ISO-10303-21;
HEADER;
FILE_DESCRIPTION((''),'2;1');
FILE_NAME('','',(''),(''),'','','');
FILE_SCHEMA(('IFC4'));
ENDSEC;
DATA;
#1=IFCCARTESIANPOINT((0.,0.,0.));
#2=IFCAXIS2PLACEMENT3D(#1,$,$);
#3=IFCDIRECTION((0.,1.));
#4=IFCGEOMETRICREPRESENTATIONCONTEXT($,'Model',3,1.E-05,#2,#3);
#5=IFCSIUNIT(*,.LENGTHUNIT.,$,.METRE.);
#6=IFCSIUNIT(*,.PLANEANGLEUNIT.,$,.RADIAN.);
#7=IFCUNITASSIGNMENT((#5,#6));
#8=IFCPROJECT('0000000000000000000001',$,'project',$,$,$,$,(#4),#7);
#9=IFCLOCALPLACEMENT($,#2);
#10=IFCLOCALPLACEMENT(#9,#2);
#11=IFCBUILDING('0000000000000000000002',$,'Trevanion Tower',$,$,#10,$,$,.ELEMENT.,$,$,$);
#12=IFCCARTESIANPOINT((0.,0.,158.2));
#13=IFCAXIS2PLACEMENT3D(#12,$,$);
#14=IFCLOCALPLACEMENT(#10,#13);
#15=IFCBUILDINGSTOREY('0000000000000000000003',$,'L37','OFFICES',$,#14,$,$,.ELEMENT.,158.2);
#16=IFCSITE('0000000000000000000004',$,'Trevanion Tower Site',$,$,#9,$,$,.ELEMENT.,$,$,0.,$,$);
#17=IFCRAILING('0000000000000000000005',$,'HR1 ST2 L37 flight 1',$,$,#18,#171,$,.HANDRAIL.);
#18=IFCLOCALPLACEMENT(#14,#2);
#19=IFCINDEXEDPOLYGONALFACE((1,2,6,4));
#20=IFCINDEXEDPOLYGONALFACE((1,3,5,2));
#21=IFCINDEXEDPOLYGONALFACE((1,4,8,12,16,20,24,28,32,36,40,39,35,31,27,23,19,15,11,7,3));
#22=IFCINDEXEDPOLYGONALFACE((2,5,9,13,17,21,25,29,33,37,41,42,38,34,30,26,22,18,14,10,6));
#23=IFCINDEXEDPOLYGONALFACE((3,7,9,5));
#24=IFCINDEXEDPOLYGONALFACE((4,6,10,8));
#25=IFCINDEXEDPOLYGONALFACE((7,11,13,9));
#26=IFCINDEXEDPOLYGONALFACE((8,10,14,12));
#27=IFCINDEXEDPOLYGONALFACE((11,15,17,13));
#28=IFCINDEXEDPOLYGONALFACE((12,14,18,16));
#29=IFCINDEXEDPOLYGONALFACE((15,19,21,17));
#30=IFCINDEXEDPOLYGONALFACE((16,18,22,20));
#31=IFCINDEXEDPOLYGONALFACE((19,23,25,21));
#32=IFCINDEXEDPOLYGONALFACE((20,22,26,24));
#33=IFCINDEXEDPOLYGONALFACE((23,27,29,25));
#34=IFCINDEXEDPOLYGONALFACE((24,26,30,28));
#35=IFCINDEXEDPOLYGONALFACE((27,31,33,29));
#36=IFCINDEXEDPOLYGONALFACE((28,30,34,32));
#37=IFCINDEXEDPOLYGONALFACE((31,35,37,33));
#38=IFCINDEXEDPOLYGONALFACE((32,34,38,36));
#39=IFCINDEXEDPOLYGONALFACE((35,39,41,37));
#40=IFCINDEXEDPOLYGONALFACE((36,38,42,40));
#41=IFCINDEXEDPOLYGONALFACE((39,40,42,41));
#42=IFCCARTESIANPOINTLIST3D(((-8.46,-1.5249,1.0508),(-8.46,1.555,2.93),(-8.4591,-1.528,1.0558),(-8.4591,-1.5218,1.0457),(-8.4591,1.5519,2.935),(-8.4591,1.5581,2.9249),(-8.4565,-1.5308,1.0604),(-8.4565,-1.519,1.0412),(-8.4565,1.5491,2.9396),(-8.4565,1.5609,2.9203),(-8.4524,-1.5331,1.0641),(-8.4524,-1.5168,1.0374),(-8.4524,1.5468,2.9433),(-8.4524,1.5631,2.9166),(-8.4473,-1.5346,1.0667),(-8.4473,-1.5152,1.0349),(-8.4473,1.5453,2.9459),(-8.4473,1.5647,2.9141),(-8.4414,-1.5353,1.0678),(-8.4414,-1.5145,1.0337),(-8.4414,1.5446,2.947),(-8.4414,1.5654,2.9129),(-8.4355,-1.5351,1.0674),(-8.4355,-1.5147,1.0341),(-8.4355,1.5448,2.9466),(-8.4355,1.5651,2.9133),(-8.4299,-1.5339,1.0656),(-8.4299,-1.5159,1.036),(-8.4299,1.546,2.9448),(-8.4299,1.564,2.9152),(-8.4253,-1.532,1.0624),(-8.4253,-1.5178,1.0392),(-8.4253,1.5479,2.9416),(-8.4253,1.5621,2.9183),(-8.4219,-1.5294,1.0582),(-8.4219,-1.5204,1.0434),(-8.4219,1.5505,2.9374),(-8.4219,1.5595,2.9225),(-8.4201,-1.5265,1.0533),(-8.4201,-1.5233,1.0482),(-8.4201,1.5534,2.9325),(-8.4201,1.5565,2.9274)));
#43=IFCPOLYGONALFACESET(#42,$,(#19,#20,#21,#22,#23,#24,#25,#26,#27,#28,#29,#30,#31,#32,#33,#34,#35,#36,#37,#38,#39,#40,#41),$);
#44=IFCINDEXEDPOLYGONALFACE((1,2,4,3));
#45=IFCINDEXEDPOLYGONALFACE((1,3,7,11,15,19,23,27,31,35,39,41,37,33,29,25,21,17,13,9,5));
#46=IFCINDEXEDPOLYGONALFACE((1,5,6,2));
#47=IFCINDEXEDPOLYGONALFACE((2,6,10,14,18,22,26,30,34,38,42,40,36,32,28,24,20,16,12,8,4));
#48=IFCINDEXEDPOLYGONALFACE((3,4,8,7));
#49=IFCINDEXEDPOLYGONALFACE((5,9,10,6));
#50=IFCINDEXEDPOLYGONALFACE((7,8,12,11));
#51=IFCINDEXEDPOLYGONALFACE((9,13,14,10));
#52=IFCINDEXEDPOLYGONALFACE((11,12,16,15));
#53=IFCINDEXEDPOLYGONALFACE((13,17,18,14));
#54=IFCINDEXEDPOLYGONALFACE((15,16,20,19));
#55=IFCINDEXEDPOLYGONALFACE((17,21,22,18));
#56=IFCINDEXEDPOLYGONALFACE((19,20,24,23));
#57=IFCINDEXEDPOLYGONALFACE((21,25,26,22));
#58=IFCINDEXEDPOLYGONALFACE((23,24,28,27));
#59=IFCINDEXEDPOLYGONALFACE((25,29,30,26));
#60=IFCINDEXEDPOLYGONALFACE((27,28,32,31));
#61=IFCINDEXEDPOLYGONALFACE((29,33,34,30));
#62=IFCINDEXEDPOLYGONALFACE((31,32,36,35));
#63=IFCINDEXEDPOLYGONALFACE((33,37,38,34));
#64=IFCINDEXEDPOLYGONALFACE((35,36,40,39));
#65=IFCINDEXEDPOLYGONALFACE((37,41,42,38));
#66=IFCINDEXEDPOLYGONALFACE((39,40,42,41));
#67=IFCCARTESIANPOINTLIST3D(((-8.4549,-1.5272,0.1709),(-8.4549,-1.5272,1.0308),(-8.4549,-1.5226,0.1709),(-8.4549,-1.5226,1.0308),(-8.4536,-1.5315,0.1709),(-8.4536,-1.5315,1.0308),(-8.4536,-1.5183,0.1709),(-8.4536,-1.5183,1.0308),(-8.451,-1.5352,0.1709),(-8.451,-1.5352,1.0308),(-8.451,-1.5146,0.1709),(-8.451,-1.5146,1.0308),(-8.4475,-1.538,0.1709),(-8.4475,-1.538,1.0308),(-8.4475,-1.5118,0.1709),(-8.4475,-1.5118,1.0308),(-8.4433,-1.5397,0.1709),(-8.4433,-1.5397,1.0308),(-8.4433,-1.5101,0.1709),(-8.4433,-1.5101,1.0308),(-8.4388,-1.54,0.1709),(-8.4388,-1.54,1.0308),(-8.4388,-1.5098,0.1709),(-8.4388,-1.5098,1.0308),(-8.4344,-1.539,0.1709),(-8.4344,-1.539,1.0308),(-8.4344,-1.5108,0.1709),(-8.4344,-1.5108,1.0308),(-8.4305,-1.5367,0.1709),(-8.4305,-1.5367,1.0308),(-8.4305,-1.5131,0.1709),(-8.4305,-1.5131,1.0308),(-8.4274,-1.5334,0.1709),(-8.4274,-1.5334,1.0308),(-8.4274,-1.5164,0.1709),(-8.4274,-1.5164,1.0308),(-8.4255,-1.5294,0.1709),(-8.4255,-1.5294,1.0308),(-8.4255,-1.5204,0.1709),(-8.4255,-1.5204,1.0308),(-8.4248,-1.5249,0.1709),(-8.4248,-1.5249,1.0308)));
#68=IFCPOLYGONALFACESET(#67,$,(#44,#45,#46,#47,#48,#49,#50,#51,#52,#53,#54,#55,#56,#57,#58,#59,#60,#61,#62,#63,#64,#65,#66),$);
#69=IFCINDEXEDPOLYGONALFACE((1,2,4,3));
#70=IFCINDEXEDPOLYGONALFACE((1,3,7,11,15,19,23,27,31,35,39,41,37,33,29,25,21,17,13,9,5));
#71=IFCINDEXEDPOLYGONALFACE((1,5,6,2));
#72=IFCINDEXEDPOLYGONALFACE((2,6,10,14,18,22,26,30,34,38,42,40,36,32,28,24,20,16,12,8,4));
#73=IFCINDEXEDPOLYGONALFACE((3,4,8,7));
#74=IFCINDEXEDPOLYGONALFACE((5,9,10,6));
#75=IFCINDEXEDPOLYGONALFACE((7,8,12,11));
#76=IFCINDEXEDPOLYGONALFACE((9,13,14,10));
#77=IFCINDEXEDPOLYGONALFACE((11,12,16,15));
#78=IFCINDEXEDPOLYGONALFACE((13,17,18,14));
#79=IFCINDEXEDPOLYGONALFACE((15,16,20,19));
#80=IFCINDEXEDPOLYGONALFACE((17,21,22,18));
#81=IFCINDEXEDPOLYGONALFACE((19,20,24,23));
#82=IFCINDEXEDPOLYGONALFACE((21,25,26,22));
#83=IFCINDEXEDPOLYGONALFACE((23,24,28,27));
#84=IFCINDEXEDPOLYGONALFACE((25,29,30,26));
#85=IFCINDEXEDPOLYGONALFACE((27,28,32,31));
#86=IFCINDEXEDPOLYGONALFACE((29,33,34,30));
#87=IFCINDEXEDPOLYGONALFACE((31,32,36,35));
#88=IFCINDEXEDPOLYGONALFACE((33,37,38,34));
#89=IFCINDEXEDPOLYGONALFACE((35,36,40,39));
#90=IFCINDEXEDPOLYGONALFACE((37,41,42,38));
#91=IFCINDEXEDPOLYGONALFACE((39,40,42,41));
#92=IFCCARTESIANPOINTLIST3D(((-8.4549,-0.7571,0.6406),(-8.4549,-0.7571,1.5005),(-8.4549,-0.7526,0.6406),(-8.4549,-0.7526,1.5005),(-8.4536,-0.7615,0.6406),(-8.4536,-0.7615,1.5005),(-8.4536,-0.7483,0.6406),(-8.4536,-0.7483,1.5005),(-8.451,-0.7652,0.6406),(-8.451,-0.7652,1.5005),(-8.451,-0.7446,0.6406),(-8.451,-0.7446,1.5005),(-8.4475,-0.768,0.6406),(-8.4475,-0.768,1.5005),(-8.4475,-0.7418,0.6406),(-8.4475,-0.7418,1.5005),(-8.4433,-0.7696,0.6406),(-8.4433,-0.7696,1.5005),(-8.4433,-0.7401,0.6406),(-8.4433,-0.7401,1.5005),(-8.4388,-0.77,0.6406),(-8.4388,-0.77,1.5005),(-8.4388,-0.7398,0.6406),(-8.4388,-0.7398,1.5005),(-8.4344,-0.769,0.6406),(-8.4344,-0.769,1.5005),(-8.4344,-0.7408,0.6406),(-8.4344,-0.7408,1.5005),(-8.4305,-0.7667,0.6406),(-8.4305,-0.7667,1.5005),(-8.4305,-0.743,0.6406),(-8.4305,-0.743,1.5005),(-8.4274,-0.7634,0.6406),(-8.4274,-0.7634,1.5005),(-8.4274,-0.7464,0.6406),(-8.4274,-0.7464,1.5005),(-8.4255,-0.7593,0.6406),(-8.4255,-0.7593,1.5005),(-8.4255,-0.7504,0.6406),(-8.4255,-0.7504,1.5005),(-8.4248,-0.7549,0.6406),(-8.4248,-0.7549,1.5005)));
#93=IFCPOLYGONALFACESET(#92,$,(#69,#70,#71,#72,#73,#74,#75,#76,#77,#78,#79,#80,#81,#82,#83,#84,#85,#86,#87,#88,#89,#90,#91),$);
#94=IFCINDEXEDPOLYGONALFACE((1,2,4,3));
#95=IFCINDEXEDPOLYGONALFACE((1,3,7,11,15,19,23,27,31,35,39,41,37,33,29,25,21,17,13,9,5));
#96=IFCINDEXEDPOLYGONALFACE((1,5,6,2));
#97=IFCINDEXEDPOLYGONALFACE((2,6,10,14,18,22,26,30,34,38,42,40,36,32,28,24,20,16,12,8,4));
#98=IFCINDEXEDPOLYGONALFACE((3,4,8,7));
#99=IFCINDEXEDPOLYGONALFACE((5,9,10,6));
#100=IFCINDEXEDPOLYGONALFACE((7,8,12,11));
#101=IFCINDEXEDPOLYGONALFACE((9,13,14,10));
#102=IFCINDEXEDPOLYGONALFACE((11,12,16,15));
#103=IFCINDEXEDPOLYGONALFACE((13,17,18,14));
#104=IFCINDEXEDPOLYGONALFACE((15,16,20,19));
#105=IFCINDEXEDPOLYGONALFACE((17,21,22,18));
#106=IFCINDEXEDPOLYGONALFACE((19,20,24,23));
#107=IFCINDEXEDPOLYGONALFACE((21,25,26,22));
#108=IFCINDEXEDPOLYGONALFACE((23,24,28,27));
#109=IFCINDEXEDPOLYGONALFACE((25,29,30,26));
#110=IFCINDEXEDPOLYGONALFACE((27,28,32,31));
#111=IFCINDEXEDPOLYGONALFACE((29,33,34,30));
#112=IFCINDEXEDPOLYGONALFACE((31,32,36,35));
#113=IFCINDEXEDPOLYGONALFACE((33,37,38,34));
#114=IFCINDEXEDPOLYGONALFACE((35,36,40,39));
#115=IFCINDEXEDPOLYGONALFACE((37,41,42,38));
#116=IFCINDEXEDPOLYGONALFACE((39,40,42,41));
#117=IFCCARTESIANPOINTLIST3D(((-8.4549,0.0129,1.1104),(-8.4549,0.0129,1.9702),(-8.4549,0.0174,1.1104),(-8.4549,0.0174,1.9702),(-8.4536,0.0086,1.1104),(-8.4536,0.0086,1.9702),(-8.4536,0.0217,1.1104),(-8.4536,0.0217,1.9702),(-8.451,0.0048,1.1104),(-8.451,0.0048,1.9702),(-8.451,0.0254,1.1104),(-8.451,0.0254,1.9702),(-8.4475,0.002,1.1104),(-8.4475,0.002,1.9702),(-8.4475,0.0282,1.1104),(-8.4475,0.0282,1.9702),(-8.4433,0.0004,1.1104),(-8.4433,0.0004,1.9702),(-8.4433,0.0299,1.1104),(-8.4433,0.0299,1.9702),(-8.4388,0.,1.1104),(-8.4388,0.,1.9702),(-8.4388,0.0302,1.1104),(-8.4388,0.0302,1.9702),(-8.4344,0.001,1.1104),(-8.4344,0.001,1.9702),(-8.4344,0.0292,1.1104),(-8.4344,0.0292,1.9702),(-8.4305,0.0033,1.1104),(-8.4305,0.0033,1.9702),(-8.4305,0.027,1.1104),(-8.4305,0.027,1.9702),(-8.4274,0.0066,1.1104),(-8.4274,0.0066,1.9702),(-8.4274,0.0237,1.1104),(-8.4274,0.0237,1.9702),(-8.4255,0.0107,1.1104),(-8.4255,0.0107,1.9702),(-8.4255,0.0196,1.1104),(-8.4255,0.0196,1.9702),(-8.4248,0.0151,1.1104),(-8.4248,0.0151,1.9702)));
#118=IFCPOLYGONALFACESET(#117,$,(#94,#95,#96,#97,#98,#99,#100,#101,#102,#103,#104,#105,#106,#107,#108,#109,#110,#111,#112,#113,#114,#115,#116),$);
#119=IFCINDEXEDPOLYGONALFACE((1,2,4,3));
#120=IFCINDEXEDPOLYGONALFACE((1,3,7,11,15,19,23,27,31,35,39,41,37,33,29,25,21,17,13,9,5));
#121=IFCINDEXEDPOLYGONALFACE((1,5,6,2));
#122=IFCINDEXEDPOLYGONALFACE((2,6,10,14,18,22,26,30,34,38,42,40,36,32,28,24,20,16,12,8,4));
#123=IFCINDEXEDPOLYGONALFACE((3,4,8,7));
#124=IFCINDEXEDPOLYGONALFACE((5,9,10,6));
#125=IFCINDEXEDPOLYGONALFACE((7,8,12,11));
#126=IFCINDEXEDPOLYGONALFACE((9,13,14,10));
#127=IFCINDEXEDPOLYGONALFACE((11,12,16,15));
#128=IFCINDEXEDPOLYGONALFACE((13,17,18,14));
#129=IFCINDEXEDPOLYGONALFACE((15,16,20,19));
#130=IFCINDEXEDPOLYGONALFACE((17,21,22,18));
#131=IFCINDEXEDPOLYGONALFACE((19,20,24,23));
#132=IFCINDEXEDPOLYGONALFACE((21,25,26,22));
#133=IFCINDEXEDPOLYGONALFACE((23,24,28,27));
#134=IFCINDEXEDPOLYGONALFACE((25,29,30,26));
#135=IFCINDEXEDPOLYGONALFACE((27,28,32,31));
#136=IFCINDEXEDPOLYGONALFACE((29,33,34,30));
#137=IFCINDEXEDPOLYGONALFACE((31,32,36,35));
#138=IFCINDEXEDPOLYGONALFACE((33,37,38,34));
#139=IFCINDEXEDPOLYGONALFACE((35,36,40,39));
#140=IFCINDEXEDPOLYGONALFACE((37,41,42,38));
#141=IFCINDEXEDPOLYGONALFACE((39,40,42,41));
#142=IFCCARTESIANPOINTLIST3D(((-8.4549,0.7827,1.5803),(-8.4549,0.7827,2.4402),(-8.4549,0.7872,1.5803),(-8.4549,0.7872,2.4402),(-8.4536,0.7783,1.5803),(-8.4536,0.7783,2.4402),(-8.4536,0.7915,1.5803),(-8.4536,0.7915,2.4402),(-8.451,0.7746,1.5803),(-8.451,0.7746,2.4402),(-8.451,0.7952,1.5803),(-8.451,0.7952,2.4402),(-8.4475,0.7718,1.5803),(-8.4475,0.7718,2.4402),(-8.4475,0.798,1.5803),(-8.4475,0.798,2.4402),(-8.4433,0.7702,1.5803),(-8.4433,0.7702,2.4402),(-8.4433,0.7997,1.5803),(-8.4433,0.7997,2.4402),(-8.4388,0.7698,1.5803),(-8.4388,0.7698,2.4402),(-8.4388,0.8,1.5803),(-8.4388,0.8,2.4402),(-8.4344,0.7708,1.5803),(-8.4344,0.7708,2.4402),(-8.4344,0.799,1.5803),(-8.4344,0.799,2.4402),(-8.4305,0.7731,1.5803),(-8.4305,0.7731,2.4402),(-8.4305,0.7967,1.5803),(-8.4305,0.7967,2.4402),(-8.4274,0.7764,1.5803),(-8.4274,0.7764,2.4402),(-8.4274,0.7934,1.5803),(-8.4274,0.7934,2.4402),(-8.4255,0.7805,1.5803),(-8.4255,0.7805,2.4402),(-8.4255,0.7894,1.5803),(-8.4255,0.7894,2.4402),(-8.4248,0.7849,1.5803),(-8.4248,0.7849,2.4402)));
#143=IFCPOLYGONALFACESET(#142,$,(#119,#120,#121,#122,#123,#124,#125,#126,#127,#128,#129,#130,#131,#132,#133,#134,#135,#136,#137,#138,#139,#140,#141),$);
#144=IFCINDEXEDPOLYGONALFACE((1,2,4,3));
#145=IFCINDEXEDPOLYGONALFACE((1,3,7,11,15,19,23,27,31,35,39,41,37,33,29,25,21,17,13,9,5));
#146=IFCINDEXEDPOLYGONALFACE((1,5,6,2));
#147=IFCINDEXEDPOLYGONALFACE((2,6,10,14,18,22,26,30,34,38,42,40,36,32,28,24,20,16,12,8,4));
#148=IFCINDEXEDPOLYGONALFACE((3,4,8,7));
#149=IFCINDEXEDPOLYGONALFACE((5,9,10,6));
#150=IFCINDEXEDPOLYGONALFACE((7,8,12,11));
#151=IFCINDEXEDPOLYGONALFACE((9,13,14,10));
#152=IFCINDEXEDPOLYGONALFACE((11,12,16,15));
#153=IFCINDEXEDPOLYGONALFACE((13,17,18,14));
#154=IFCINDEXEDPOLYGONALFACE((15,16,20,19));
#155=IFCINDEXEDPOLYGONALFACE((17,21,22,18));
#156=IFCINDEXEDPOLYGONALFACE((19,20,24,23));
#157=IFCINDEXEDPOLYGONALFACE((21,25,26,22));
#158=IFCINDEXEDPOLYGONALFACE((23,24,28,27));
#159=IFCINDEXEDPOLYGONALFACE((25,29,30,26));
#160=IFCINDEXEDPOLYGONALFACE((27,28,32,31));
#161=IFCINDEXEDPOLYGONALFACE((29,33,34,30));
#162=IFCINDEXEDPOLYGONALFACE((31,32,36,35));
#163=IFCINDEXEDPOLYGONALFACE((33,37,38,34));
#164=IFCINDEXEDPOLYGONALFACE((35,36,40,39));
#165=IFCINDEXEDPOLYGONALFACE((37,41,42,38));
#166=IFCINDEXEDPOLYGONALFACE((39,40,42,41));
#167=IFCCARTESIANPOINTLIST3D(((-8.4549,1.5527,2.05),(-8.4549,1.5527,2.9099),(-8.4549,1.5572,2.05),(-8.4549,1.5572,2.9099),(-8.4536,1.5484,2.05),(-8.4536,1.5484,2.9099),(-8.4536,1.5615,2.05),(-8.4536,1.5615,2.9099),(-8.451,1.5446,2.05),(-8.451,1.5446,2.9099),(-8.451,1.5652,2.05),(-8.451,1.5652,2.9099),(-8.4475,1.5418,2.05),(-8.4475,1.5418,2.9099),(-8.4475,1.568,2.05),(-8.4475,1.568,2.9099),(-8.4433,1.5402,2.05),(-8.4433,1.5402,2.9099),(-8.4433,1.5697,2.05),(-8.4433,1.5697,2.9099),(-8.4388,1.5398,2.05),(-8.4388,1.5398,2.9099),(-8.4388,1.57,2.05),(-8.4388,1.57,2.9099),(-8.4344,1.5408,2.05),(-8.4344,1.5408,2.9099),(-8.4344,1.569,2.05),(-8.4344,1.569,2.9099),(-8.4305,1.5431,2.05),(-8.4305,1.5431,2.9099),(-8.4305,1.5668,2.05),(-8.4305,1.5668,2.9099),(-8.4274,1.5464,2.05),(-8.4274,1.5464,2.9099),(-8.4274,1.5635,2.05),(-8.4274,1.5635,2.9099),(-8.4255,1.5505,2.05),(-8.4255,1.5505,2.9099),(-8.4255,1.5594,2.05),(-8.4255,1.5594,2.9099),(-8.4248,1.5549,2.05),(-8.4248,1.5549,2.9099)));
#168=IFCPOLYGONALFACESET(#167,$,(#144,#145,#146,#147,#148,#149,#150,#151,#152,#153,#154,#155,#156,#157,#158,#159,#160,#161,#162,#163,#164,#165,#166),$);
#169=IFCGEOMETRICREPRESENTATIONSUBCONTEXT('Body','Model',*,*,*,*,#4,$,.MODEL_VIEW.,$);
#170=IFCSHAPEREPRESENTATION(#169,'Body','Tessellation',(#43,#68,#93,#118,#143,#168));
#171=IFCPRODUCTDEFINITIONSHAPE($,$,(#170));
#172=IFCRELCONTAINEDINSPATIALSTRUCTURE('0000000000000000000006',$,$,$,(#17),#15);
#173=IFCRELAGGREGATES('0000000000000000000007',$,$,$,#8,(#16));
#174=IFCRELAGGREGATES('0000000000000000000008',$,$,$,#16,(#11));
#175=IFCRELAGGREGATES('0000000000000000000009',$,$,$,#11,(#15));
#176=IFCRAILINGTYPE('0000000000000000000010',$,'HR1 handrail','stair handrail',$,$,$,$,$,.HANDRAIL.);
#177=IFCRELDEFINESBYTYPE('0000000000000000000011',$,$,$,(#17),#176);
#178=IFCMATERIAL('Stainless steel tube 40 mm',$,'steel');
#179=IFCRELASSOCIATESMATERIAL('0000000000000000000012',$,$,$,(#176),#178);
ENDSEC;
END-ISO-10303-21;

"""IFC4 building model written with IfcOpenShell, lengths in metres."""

from ifc_helpers import new_model, si_unit, direction, frame, origin, origin_2d, place, context, subcontext, project, spatial, circle, extrude, material, type_object, element, save


model = new_model("IFC4")

# Units and contexts
model_context = context("Model", 3, precision=1e-05, world=origin(), true_north=direction((0.0, 1.0)))
body_context = subcontext(model_context, "Body", "Model", "MODEL_VIEW")
ifc_project = project(units=[si_unit("LENGTHUNIT", "METRE"), si_unit("PLANEANGLEUNIT", "RADIAN")], contexts=[model_context])

# Site, building, storey
site_placement = place(None, origin())
site = spatial("IfcSite", under=ifc_project, at=site_placement, Name="Trevanion Tower Site", CompositionType="ELEMENT", RefElevation=0.0)
building_placement = place(site_placement, origin())
building = spatial("IfcBuilding", under=site, at=building_placement, Name="Trevanion Tower", CompositionType="ELEMENT")
storey_placement = place(building_placement, frame((0.0, 0.0, 158.2)))
storey = spatial("IfcBuildingStorey", under=building, at=storey_placement, Name="L37", Description="OFFICES", CompositionType="ELEMENT", Elevation=158.2)

# Railing
ifc_material_1 = material(Name="Stainless steel tube 40 mm", Category="steel")
railing_type = type_object("IfcRailingType", Name="HR1 handrail", Description="stair handrail", PredefinedType="HANDRAIL", material=ifc_material_1)
for number, where, name in (
    (1, (-8.4399, -1.5249, 0.1709), "HR1 ST2 L37 flight 1"),
):
    element("IfcRailing", number, at=place(storey_placement, frame(where)), inside=storey, type_object=railing_type, Name=name, PredefinedType="HANDRAIL", context=body_context, shape_type="SweptSolid", body=[
        extrude(circle(Radius=0.02, at=origin_2d()), frame((0.0, 0.0, 0.8799), z_axis=(0.0, 0.853648, 0.52085), x_axis=(-1.0, 0.0, 0.0)), (0.0, 0.0, 1.0), 3.6079),
        extrude(circle(Radius=0.0151, at=origin_2d()), origin(), (0.0, 0.0, 1.0), 0.8599),
        extrude(circle(Radius=0.0151, at=origin_2d()), frame((0.0, 0.77, 0.4697)), (0.0, 0.0, 1.0), 0.8599),
        extrude(circle(Radius=0.0151, at=origin_2d()), frame((0.0, 1.54, 0.9395)), (0.0, 0.0, 1.0), 0.8599),
        extrude(circle(Radius=0.0151, at=origin_2d()), frame((0.0, 2.3098, 1.4094)), (0.0, 0.0, 1.0), 0.8599),
        extrude(circle(Radius=0.0151, at=origin_2d()), frame((0.0, 3.0798, 1.8792)), (0.0, 0.0, 1.0), 0.8599),
    ])

save(model, "model.ifc")
